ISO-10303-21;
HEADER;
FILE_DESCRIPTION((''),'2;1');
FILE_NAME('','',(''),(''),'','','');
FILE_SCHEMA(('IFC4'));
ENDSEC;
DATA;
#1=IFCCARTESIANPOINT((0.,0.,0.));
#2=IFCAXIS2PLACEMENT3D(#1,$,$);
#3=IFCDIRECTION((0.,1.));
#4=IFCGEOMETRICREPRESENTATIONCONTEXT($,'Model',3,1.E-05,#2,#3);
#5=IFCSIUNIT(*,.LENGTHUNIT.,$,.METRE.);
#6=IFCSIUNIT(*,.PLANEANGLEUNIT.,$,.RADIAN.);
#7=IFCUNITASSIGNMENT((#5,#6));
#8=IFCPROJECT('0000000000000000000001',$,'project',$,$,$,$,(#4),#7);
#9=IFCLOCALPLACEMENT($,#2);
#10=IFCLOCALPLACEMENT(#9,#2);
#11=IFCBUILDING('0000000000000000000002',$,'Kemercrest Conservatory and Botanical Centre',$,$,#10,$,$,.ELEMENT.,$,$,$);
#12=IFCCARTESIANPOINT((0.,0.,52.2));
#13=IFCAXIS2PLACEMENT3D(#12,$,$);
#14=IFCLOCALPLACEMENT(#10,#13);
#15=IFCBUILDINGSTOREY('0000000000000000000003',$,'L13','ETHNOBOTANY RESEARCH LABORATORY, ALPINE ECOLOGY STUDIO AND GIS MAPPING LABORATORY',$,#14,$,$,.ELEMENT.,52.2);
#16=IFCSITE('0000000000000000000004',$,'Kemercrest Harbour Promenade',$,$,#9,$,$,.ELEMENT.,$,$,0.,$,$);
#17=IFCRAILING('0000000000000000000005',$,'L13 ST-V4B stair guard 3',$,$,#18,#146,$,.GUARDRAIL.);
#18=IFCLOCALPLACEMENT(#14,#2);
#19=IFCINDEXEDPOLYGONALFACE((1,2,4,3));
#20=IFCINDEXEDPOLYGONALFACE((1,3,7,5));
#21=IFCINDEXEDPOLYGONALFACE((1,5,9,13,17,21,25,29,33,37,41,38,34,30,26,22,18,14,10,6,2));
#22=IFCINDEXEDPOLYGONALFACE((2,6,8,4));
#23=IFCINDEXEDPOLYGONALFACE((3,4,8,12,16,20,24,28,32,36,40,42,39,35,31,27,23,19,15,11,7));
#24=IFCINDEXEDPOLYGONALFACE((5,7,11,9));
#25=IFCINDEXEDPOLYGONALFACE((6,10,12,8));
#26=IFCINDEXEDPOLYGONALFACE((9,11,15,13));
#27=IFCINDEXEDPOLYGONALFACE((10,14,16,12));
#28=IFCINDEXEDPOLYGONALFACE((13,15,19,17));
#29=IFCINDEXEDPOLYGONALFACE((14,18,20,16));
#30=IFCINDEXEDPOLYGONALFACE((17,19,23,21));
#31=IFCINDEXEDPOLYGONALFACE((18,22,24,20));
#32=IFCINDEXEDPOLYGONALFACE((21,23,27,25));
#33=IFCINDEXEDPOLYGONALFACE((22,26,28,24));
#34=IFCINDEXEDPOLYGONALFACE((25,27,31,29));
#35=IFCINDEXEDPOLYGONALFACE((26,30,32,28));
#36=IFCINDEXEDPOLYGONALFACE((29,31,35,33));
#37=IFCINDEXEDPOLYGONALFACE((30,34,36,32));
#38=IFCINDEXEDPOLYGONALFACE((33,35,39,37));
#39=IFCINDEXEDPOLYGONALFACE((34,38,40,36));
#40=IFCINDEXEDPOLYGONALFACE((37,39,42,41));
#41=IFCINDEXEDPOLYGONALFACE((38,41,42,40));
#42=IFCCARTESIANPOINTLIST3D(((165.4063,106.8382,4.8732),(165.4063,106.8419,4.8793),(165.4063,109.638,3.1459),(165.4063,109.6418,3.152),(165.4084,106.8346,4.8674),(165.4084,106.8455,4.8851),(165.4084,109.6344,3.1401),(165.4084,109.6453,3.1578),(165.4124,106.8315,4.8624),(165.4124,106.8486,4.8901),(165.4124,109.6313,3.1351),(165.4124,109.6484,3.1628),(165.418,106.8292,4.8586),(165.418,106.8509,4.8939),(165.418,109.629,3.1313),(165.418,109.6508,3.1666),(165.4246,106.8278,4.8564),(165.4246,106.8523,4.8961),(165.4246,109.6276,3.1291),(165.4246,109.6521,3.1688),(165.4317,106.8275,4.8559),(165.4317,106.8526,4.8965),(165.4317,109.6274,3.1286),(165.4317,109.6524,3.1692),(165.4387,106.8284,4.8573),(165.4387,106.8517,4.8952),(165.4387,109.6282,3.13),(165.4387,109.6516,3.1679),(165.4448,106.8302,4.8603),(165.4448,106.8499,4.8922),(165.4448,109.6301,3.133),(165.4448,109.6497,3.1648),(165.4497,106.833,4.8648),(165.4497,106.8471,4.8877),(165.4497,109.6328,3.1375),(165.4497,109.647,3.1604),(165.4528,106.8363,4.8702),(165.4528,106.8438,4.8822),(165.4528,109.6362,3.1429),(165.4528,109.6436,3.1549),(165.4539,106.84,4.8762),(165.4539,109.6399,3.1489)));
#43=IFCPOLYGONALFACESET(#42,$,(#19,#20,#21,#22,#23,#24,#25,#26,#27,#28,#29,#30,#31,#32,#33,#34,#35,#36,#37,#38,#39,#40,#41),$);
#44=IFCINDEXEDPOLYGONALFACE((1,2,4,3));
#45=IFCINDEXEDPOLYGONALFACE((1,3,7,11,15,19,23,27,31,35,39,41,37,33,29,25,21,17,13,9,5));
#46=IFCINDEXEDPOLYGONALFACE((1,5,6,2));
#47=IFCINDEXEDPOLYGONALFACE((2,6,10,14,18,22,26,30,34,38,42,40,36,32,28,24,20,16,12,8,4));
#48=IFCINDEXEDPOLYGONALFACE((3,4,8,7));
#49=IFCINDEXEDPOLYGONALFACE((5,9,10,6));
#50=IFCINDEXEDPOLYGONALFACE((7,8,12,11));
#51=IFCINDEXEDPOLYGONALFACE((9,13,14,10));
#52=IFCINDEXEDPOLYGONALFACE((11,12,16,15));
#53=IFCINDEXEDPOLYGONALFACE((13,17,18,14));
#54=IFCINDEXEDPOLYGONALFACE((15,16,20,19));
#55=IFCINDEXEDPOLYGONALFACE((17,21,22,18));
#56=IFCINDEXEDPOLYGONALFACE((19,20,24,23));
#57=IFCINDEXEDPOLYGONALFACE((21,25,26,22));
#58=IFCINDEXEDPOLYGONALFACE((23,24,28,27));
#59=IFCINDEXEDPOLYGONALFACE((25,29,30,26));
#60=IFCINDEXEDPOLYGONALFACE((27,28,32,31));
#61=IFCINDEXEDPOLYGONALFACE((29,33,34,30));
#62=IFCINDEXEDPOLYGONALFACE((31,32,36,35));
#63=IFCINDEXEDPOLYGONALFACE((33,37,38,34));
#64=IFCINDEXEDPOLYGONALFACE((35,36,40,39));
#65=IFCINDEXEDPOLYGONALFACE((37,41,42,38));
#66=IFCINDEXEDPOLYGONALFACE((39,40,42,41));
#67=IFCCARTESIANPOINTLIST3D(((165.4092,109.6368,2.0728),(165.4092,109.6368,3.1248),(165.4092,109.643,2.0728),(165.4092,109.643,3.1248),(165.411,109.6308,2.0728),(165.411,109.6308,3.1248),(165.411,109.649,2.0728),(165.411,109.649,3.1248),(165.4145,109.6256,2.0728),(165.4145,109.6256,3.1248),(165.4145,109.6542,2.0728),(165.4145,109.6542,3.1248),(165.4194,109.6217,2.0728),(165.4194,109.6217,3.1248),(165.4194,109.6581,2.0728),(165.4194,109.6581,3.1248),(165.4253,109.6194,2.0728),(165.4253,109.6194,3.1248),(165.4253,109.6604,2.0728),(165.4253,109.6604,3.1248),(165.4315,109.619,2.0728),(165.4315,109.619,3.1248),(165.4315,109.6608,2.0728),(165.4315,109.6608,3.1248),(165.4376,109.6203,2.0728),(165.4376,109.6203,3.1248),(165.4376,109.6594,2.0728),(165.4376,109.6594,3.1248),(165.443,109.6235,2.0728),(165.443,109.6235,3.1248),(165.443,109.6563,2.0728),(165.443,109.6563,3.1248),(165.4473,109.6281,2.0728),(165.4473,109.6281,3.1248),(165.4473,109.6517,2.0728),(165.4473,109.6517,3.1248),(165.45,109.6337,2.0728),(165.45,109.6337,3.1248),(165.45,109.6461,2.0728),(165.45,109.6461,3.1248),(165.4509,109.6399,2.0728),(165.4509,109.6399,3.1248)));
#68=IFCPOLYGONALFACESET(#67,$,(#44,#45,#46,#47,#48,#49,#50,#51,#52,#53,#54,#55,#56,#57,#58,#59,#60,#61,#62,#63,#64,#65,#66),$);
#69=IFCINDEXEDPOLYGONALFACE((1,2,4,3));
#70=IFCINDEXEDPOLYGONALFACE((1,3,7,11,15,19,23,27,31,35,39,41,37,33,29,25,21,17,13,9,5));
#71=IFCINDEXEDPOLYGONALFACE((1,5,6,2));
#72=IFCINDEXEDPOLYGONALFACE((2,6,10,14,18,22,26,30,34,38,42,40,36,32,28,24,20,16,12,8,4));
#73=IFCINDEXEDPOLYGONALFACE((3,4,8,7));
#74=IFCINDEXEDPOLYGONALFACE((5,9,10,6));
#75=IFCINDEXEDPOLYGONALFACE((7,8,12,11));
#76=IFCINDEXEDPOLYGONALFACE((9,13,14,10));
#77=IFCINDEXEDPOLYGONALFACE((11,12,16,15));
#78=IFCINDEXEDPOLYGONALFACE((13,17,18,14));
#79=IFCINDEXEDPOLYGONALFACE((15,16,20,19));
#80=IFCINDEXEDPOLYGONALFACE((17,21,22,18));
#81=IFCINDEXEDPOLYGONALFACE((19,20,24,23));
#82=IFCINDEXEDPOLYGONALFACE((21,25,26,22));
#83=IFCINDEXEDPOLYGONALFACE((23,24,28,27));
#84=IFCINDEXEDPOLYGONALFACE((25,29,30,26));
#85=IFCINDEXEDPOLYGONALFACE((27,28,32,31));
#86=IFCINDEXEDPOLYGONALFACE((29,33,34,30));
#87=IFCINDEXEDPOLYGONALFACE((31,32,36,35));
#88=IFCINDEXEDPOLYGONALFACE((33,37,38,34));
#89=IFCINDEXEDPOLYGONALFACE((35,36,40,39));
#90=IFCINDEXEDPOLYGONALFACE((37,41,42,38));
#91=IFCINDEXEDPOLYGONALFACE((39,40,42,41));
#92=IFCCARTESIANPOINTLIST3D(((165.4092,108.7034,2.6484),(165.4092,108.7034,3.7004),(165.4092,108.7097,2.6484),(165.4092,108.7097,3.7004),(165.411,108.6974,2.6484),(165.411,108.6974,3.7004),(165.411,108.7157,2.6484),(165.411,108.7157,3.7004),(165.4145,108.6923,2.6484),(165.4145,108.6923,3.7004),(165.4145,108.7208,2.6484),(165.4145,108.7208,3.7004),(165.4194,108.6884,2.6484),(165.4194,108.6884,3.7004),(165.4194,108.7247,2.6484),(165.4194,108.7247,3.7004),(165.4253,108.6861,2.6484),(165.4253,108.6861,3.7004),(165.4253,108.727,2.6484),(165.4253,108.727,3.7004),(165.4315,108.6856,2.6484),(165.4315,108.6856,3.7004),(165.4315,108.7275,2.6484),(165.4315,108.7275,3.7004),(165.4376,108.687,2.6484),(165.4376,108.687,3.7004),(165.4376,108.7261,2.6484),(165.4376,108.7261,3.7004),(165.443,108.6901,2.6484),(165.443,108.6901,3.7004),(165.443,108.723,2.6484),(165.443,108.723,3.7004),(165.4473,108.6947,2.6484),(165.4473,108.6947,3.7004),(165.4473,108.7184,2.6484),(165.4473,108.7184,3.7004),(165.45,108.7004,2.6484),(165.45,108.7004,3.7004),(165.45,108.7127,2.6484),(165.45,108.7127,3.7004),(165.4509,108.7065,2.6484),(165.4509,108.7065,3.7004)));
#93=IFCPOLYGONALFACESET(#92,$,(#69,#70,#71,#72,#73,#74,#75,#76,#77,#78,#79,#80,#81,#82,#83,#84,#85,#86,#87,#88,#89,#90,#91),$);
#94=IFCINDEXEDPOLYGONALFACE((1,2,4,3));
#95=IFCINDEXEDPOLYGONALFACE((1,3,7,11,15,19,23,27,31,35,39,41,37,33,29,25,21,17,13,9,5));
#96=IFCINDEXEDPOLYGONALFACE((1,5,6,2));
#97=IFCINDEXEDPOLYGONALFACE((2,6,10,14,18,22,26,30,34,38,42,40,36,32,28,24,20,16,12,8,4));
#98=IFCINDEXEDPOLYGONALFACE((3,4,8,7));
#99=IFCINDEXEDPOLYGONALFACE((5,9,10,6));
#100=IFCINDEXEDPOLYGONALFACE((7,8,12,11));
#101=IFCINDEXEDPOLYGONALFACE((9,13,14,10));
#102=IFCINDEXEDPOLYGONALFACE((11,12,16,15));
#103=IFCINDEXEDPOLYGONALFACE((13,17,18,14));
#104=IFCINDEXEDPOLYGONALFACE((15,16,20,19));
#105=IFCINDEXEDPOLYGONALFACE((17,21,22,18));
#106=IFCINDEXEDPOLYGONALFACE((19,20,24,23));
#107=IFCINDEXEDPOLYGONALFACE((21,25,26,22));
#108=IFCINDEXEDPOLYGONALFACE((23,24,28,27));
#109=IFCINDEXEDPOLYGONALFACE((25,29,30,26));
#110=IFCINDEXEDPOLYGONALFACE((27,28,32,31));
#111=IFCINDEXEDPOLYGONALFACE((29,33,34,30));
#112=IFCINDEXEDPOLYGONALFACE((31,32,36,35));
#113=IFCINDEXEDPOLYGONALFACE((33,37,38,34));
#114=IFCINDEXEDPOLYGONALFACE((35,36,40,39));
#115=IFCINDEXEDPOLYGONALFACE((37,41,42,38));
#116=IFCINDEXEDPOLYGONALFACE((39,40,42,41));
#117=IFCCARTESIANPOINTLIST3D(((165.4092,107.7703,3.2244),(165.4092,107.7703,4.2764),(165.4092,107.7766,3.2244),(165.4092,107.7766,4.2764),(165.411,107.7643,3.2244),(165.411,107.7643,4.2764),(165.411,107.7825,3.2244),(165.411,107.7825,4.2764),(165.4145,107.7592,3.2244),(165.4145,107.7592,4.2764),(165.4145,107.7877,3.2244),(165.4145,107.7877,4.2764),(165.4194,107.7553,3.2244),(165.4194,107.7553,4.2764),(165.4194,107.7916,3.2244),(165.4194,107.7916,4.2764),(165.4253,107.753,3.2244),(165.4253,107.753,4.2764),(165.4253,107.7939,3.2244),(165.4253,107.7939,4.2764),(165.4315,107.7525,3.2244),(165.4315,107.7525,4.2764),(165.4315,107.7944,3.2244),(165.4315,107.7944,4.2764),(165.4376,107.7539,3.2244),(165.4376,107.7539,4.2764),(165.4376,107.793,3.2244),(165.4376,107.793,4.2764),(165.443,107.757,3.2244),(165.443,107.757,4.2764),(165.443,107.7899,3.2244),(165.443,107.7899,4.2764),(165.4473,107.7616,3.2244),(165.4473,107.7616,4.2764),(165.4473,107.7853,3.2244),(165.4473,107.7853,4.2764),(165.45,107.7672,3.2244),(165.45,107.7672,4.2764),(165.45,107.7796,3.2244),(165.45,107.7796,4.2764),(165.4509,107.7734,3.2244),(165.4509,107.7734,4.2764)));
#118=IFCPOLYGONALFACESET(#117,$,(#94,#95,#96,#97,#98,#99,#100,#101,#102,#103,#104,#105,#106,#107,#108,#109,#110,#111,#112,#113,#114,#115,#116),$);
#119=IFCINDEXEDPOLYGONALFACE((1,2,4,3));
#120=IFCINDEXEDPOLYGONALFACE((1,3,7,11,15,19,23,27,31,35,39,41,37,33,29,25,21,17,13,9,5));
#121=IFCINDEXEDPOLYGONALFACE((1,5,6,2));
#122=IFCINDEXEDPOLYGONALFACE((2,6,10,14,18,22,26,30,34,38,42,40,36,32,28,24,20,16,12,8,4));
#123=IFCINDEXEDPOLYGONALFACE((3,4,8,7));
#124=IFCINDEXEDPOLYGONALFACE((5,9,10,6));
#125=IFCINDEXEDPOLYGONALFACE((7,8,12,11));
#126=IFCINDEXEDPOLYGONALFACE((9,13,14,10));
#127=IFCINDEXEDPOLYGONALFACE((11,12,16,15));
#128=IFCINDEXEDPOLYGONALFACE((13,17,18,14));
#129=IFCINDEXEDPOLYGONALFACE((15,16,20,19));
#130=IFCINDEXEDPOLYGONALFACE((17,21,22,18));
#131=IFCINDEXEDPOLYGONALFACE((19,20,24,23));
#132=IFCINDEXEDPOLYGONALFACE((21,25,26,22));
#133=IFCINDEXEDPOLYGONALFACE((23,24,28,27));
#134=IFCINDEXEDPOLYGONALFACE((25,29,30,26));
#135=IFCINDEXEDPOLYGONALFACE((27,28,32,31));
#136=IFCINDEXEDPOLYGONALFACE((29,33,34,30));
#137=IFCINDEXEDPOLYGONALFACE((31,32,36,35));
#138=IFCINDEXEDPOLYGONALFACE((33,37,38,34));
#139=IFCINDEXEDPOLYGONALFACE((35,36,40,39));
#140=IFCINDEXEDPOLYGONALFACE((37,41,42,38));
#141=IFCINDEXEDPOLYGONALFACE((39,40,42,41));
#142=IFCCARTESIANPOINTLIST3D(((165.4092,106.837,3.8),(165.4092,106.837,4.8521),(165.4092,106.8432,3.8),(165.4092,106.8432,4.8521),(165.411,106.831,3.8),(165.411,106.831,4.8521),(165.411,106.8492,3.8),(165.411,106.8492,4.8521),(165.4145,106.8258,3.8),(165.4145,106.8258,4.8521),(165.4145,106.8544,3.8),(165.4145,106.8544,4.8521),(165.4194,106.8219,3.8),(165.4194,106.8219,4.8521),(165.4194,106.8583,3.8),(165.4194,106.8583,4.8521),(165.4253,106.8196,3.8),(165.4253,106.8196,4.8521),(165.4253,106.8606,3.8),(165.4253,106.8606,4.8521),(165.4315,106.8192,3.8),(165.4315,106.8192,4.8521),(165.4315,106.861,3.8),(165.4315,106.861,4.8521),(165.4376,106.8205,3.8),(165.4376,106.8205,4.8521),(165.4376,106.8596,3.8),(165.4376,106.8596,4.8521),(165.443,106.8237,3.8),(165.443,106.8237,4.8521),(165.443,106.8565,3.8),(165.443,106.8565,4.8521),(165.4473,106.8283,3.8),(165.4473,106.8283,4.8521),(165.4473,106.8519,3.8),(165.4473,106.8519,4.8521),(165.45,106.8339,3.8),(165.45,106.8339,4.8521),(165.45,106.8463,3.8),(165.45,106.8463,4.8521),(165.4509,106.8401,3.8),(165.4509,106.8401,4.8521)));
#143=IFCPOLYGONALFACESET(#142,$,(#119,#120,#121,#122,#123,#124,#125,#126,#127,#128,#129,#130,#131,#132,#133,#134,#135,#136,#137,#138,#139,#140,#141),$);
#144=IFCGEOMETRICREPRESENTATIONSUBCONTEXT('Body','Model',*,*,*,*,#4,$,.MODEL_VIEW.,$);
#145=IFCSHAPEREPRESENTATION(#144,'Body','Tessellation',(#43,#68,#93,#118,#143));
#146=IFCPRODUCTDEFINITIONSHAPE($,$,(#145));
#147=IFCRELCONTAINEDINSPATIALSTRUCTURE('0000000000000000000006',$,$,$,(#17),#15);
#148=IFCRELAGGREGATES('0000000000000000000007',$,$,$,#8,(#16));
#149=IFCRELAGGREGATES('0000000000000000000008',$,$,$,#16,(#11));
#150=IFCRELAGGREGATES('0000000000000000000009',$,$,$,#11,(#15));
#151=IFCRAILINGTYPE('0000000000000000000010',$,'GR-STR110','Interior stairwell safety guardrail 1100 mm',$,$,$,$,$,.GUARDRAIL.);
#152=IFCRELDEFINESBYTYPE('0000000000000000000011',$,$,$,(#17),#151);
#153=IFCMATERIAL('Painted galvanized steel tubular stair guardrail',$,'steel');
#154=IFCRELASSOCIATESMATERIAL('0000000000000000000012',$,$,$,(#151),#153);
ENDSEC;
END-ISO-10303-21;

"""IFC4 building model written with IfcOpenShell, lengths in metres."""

from ifc_helpers import new_model, si_unit, direction, frame, origin, origin_2d, place, context, subcontext, project, spatial, circle, extrude, material, type_object, element, save


model = new_model("IFC4")

# Units and contexts
model_context = context("Model", 3, precision=1e-05, world=origin(), true_north=direction((0.0, 1.0)))
body_context = subcontext(model_context, "Body", "Model", "MODEL_VIEW")
ifc_project = project(units=[si_unit("LENGTHUNIT", "METRE"), si_unit("PLANEANGLEUNIT", "RADIAN")], contexts=[model_context])

# Site, building, storey
site_placement = place(None, origin())
site = spatial("IfcSite", under=ifc_project, at=site_placement, Name="Kemercrest Harbour Promenade", CompositionType="ELEMENT", RefElevation=0.0)
building_placement = place(site_placement, origin())
building = spatial("IfcBuilding", under=site, at=building_placement, Name="Kemercrest Conservatory and Botanical Centre", CompositionType="ELEMENT")
storey_placement = place(building_placement, frame((0.0, 0.0, 52.2)))
storey = spatial("IfcBuildingStorey", under=building, at=storey_placement, Name="L13", Description="ETHNOBOTANY RESEARCH LABORATORY, ALPINE ECOLOGY STUDIO AND GIS MAPPING LABORATORY", CompositionType="ELEMENT", Elevation=52.2)

# Railing
ifc_material_1 = material(Name="Painted galvanized steel tubular stair guardrail", Category="steel")
railing_type_1 = type_object("IfcRailingType", Name="GR-STR110", Description="Interior stairwell safety guardrail 1100 mm", PredefinedType="GUARDRAIL", material=ifc_material_1)
railing_1_placement = place(storey_placement, frame((165.4299, 109.6399, 2.0728)))
element("IfcRailing", 1, at=railing_1_placement, inside=storey, type_object=railing_type_1, Name="L13 ST-V4B stair guard 3", PredefinedType="GUARDRAIL", context=body_context, shape_type="SweptSolid", body=[
    extrude(circle(Radius=0.0239, at=origin_2d()), frame((0.0, 0.0, 1.0762), z_axis=(0.0, -0.851069, 0.525054), x_axis=(1.0, 0.0, 0.0)), (0.0, 0.0, 1.0), 3.2898),
    extrude(circle(Radius=0.021, at=origin_2d()), origin(), (0.0, 0.0, 1.0), 1.052),
    extrude(circle(Radius=0.021, at=origin_2d()), frame((0.0, -0.9333, 0.5757)), (0.0, 0.0, 1.0), 1.052),
    extrude(circle(Radius=0.021, at=origin_2d()), frame((0.0, -1.8665, 1.1516)), (0.0, 0.0, 1.0), 1.052),
    extrude(circle(Radius=0.021, at=origin_2d()), frame((0.0, -2.7998, 1.7273)), (0.0, 0.0, 1.0), 1.052),
])

save(model, "model.ifc")
